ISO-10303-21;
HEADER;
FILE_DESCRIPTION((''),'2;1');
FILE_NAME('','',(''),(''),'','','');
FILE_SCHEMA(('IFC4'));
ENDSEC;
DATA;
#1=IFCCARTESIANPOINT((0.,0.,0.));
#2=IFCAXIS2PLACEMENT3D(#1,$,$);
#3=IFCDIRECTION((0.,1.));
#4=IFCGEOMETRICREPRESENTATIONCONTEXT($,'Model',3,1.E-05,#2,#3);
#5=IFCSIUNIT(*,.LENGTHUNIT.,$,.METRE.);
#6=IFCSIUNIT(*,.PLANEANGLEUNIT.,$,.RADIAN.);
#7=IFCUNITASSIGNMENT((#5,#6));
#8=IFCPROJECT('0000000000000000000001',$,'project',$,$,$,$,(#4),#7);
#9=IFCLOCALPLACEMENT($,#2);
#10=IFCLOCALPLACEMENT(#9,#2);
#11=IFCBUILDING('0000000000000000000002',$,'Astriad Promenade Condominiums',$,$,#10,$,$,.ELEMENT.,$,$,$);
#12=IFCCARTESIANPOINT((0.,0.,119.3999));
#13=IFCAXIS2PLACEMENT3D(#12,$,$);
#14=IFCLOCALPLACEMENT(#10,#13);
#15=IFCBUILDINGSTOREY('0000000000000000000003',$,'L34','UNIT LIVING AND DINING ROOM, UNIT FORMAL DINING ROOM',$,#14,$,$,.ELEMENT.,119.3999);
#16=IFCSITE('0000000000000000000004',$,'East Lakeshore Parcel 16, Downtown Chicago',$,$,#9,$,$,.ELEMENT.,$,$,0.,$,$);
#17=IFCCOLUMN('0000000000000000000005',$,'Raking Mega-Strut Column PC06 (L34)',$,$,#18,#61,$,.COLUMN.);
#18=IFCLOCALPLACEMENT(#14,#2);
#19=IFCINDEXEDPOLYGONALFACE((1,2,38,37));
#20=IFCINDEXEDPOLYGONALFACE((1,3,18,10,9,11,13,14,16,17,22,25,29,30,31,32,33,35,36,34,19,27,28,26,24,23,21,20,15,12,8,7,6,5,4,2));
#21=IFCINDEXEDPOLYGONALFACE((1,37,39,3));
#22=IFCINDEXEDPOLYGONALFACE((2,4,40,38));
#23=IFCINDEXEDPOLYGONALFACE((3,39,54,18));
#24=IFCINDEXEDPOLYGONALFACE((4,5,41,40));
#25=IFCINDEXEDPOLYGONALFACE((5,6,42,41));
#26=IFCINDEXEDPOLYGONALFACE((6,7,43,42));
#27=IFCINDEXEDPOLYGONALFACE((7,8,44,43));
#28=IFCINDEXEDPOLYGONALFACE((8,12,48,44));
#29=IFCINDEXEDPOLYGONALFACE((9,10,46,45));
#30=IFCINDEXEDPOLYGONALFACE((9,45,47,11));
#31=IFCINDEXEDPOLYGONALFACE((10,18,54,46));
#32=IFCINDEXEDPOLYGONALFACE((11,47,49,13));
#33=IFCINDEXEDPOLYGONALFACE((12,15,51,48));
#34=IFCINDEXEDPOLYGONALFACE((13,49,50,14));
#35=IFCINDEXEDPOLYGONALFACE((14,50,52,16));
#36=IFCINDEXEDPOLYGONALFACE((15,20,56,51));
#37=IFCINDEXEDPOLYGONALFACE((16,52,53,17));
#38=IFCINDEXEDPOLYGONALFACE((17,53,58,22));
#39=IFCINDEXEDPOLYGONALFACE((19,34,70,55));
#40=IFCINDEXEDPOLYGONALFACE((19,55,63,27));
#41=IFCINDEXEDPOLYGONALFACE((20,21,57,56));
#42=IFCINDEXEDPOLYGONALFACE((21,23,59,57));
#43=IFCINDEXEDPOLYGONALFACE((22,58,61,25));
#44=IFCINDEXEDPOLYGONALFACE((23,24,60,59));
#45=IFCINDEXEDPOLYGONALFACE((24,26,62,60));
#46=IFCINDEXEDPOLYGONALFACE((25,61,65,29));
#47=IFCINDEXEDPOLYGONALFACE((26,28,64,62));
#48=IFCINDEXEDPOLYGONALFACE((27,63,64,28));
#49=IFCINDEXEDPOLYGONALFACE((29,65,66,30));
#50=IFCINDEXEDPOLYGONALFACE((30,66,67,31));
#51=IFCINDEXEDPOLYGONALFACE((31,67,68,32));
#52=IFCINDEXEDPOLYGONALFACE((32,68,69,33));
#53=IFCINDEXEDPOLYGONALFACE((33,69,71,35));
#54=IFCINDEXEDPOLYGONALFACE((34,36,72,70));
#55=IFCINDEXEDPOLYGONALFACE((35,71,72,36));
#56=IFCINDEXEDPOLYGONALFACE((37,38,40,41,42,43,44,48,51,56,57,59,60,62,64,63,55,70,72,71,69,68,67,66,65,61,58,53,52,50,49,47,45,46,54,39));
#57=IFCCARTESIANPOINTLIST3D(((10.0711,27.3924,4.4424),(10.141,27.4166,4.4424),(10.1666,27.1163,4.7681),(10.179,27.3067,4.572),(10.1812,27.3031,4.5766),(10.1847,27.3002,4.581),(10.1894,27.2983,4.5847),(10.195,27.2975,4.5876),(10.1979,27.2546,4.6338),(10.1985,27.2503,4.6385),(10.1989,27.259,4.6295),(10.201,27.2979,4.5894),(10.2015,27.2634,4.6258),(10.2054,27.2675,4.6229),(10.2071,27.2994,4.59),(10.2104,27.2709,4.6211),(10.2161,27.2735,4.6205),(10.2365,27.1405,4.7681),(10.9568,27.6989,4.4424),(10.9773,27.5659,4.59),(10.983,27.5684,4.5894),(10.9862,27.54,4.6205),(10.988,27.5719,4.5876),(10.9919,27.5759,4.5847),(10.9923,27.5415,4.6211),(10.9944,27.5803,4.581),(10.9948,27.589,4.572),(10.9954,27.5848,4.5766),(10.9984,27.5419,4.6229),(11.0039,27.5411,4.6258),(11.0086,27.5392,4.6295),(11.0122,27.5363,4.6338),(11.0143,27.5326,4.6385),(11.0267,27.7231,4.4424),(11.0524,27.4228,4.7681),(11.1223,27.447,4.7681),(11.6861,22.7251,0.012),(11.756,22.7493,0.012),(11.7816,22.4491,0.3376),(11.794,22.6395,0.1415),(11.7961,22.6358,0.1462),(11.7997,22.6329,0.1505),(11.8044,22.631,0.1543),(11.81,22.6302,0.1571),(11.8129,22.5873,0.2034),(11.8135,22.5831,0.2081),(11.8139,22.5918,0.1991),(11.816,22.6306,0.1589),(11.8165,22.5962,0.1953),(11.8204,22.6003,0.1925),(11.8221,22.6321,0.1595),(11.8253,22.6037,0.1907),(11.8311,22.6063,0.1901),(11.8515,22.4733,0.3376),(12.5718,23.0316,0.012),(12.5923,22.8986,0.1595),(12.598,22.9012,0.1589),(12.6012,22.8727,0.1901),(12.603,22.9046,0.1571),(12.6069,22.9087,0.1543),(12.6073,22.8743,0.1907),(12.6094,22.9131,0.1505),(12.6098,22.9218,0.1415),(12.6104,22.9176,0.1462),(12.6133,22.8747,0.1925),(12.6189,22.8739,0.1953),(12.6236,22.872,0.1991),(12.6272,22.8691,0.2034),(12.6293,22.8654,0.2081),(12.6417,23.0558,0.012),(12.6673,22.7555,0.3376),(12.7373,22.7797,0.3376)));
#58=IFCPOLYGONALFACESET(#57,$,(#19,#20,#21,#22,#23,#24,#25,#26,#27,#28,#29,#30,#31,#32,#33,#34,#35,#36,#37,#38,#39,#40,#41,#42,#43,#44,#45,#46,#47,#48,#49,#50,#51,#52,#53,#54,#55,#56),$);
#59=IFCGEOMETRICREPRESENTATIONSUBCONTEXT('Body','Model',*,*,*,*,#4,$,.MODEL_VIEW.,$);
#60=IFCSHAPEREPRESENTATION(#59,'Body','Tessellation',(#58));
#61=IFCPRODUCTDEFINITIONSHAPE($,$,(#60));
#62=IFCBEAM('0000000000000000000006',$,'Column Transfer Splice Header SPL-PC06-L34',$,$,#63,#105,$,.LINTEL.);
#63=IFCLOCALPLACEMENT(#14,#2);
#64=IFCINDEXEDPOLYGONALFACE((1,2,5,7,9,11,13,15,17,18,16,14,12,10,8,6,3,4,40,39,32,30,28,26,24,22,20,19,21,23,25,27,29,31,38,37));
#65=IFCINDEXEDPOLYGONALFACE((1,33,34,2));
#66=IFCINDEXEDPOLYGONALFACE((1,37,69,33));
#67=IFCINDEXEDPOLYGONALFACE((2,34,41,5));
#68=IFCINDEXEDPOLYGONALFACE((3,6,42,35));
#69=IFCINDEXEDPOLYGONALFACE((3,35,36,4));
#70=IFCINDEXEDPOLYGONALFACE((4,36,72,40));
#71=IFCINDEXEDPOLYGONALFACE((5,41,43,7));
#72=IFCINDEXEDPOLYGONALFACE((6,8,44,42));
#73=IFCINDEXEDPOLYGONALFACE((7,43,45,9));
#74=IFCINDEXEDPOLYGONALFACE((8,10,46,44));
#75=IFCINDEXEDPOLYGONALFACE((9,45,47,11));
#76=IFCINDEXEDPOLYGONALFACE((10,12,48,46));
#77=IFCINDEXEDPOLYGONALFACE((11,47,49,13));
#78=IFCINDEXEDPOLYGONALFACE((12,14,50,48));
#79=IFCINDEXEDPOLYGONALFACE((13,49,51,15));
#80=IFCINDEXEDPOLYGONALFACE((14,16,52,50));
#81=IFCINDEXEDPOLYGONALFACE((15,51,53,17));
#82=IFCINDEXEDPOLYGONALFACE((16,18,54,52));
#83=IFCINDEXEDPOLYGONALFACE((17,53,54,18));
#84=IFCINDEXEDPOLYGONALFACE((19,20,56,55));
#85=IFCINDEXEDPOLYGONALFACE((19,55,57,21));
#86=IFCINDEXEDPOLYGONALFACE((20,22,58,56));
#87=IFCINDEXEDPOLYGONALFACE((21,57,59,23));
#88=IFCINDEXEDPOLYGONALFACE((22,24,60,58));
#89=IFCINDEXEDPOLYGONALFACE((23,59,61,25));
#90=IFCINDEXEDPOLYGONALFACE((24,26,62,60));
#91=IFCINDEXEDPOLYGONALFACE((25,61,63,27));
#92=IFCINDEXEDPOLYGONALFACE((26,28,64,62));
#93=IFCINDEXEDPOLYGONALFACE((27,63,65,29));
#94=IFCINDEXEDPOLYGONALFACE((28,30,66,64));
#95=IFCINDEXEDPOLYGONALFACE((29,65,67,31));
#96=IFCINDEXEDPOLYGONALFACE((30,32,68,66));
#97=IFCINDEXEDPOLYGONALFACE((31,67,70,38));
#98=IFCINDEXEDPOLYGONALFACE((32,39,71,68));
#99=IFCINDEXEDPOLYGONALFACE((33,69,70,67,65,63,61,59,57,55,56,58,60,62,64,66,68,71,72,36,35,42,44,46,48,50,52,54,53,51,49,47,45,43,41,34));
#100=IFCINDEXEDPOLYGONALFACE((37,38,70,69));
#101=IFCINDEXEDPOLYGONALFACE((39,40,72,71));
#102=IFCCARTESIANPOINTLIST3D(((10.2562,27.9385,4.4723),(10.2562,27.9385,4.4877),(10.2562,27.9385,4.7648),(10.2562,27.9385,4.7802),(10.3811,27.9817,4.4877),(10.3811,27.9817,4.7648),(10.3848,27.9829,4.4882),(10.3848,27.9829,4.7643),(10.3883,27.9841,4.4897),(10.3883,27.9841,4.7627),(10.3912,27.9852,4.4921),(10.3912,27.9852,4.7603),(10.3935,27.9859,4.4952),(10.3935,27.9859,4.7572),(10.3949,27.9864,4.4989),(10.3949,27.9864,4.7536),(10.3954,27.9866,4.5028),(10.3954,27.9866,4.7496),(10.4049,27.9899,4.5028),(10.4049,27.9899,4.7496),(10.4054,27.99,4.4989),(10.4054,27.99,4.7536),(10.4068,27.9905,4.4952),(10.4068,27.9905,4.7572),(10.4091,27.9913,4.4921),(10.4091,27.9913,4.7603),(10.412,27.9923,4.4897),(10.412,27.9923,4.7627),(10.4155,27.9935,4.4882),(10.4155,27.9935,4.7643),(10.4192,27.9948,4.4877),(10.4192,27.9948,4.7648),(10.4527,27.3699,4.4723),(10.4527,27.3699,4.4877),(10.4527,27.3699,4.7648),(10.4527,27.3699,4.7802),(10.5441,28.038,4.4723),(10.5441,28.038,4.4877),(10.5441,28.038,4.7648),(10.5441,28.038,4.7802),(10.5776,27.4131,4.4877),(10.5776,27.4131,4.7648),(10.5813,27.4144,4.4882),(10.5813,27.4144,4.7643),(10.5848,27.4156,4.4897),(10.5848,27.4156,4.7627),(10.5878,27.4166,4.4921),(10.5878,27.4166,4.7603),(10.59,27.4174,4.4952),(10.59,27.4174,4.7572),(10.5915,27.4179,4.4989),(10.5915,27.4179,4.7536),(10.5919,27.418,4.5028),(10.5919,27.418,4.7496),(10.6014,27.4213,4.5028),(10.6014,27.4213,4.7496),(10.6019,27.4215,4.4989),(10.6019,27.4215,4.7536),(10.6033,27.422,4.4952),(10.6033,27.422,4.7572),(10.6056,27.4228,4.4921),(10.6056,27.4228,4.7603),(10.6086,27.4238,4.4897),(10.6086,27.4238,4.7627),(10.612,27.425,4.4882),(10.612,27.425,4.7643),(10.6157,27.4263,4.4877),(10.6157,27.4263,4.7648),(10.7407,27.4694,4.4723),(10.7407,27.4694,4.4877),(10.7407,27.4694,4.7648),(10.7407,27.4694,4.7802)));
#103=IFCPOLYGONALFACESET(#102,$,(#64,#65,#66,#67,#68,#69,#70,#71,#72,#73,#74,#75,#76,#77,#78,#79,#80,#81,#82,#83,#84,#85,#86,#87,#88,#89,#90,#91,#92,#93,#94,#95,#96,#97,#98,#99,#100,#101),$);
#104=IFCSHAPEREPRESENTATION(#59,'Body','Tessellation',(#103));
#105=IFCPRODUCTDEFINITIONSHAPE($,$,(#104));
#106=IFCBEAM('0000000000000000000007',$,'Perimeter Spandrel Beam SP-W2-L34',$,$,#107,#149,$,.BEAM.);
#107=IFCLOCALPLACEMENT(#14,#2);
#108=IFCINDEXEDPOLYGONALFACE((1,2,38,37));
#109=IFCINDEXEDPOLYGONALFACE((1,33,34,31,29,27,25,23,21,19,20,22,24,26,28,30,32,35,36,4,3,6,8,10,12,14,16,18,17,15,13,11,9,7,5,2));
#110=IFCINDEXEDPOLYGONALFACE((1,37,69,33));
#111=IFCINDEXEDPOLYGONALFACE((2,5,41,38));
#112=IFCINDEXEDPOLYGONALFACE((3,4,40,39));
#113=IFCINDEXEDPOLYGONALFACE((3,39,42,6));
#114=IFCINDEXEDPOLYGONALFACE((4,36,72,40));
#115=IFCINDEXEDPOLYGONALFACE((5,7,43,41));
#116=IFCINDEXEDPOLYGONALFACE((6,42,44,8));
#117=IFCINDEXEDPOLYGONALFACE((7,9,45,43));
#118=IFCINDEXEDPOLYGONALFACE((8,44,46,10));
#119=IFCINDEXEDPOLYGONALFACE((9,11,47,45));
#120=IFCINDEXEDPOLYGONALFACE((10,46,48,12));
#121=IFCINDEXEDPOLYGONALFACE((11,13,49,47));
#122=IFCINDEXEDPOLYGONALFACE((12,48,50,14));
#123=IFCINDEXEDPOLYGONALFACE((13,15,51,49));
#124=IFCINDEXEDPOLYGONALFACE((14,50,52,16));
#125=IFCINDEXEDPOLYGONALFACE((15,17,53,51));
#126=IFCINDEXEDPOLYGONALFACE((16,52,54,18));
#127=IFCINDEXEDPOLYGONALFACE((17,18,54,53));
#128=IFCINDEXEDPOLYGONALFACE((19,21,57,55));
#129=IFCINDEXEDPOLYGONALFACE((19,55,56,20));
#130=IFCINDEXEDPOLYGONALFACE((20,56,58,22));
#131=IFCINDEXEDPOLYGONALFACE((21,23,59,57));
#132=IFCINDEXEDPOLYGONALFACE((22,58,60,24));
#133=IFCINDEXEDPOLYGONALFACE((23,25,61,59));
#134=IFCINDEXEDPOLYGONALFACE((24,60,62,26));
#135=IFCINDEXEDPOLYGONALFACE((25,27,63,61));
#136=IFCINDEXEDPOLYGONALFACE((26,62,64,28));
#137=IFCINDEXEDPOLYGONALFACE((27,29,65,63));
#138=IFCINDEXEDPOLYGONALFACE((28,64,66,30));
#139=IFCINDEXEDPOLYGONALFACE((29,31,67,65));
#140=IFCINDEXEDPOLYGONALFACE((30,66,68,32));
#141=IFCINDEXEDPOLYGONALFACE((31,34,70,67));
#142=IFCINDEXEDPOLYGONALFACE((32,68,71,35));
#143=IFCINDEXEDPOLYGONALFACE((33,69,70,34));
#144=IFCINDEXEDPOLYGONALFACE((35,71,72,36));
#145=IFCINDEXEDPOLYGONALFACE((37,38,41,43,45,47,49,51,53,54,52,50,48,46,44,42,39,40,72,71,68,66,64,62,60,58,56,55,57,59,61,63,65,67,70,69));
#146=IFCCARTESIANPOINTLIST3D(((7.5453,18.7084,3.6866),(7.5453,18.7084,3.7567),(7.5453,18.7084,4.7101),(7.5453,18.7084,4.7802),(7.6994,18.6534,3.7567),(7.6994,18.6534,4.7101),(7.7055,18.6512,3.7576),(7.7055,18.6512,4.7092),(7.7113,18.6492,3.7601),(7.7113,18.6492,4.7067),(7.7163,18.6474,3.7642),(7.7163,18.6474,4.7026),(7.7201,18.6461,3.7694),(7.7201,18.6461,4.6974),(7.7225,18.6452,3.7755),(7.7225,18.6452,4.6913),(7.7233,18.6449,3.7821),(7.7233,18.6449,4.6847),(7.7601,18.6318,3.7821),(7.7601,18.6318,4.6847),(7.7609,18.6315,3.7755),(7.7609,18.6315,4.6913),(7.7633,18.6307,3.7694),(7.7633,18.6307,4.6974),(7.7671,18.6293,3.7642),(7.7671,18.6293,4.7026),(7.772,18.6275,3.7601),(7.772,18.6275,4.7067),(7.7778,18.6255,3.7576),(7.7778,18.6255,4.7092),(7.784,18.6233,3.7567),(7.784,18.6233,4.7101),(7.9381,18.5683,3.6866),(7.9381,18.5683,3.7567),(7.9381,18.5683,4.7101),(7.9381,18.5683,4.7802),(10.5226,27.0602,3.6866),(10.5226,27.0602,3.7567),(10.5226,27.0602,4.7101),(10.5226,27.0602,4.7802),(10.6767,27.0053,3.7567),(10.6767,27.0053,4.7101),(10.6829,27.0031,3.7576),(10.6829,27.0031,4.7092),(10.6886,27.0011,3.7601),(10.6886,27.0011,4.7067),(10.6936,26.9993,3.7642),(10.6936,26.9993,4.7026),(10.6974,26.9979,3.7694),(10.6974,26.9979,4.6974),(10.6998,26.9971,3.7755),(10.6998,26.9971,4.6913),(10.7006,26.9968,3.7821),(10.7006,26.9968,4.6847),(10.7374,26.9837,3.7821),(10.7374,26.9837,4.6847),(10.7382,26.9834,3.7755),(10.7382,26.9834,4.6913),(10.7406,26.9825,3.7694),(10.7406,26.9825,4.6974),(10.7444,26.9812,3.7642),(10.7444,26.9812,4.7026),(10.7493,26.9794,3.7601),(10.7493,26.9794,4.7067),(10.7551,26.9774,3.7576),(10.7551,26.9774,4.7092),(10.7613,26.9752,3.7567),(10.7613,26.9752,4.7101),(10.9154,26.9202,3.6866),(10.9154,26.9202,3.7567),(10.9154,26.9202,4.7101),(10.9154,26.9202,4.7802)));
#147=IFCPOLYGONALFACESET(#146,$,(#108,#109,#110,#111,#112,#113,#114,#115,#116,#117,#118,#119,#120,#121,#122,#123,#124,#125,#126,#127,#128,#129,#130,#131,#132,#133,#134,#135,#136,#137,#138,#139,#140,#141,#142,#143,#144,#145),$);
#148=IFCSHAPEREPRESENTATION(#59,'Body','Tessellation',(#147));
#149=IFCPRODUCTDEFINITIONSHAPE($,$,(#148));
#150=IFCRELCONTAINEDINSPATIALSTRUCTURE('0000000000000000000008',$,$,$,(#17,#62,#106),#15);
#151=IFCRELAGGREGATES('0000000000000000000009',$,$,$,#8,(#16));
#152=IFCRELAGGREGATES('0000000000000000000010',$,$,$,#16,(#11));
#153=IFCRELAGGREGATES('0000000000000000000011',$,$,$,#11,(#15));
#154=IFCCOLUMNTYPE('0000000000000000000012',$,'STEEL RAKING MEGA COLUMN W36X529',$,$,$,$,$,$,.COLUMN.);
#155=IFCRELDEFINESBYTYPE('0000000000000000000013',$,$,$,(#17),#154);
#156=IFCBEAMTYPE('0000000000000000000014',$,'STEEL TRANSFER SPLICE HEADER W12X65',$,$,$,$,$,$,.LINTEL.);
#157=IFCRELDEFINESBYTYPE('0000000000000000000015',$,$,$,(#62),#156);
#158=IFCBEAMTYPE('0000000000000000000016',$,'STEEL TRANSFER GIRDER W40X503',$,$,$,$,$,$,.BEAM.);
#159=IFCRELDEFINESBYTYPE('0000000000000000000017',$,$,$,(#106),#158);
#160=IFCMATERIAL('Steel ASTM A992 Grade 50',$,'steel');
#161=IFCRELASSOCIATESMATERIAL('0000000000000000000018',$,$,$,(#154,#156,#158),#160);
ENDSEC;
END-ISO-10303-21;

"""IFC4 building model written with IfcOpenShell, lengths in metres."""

from ifc_helpers import new_model, si_unit, direction, frame, origin, origin_2d, place, context, subcontext, project, spatial, i_section, extrude, source, transform, mapped, material, material_profile, profile_set, type_object, type_shapes, element, save


model = new_model("IFC4")

# Units and contexts
model_context = context("Model", 3, precision=1e-05, world=origin(), true_north=direction((0.0, 1.0)))
body_context = subcontext(model_context, "Body", "Model", "MODEL_VIEW")
ifc_project = project(units=[si_unit("LENGTHUNIT", "METRE"), si_unit("PLANEANGLEUNIT", "RADIAN")], contexts=[model_context])

# Site, building, storey
site_placement = place(None, origin())
site = spatial("IfcSite", under=ifc_project, at=site_placement, Name="East Lakeshore Parcel 16, Downtown Chicago", CompositionType="ELEMENT", RefElevation=0.0)
building_placement = place(site_placement, origin())
building = spatial("IfcBuilding", under=site, at=building_placement, Name="Astriad Promenade Condominiums", CompositionType="ELEMENT")
storey_placement = place(building_placement, frame((0.0, 0.0, 119.3999)))
storey = spatial("IfcBuildingStorey", under=building, at=storey_placement, Name="L34", Description="UNIT LIVING AND DINING ROOM, UNIT FORMAL DINING ROOM", CompositionType="ELEMENT", Elevation=119.3999)

# Column
ifc_material_1 = material(Name="Steel ASTM A992 Grade 50", Category="steel")
ifc_material_profile_1 = material_profile(ifc_material_1, i_section(OverallWidth=0.4375, OverallDepth=1.0112, WebThickness=0.041, FlangeThickness=0.074, FilletRadius=0.0242, at=origin_2d()), Name="W36X529")
ifc_profile_set_1 = profile_set([ifc_material_profile_1], Name="Steel ASTM A992 Grade 50")
column_type = type_object("IfcColumnType", Name="STEEL RAKING MEGA COLUMN W36X529", PredefinedType="COLUMN", material=ifc_profile_set_1)
shared_shape_1 = source(origin(), body_context, "Body", "SweptSolid", [
    extrude(i_section(OverallWidth=0.4375, OverallDepth=1.0112, WebThickness=0.041, FlangeThickness=0.074, FilletRadius=0.0242, at=origin_2d()), origin(), (0.0, 0.0, 1.0), 6.6348),
])
type_shapes(column_type, [shared_shape_1])
column_placement = place(storey_placement, frame((12.2117, 22.7524, 0.1748), z_axis=(-0.243414, 0.703453, 0.66776), x_axis=(0.21836, -0.631049, 0.744377)))
element("IfcColumn", 1, at=column_placement, inside=storey, type_object=column_type, Name="Raking Mega-Strut Column PC06 (L34)", PredefinedType="COLUMN", context=body_context, shape_type="MappedRepresentation", body=[
    mapped(shared_shape_1, transform((0.0, 0.0, 0.0), scale=1.0)),
])

# Beams
ifc_material_profile_2 = material_profile(ifc_material_1, i_section(OverallWidth=0.3047, OverallDepth=0.3079, WebThickness=0.01, FlangeThickness=0.0154, FilletRadius=0.0151, at=origin_2d()), Name="W12X65")
ifc_profile_set_2 = profile_set([ifc_material_profile_2], Name="Steel ASTM A992 Grade 50")
beam_type_1 = type_object("IfcBeamType", Name="STEEL TRANSFER SPLICE HEADER W12X65", PredefinedType="LINTEL", material=ifc_profile_set_2)
shared_shape_2 = source(origin(), body_context, "Body", "SweptSolid", [
    extrude(i_section(OverallWidth=0.3047, OverallDepth=0.3079, WebThickness=0.01, FlangeThickness=0.0154, FilletRadius=0.0151, at=origin_2d()), origin(), (0.0, 0.0, 1.0), 0.6016),
])
type_shapes(beam_type_1, [shared_shape_2])
beam_1_placement = place(storey_placement, frame((10.5967, 27.4197, 4.6262), z_axis=(-0.326678, 0.945136, 0.0), x_axis=(-0.945136, -0.326678, 0.0)))
element("IfcBeam", 2, at=beam_1_placement, inside=storey, type_object=beam_type_1, Name="Column Transfer Splice Header SPL-PC06-L34", PredefinedType="LINTEL", context=body_context, shape_type="MappedRepresentation", body=[
    mapped(shared_shape_2, transform((0.0, 0.0, 0.0), scale=1.0)),
])
ifc_material_profile_3 = material_profile(ifc_material_1, i_section(OverallWidth=0.417, OverallDepth=1.0935, WebThickness=0.0391, FlangeThickness=0.0701, FilletRadius=0.0254, at=origin_2d()), Name="W40X503")
ifc_profile_set_3 = profile_set([ifc_material_profile_3], Name="Steel ASTM A992 Grade 50")
beam_type_2 = type_object("IfcBeamType", Name="STEEL TRANSFER GIRDER W40X503", PredefinedType="BEAM", material=ifc_profile_set_3)
shared_shape_3 = source(origin(), body_context, "Body", "SweptSolid", [
    extrude(i_section(OverallWidth=0.417, OverallDepth=1.0935, WebThickness=0.0391, FlangeThickness=0.0701, FilletRadius=0.0254, at=origin_2d()), origin(), (0.0, 0.0, 1.0), 8.8667),
])
type_shapes(beam_type_2, [shared_shape_3])
beam_2_placement = place(storey_placement, frame((10.719, 26.9902, 4.2334), z_axis=(-0.335787, -0.941938, 0.0), x_axis=(0.941938, -0.335787, 0.0)))
element("IfcBeam", 3, at=beam_2_placement, inside=storey, type_object=beam_type_2, Name="Perimeter Spandrel Beam SP-W2-L34", PredefinedType="BEAM", context=body_context, shape_type="MappedRepresentation", body=[
    mapped(shared_shape_3, transform((0.0, 0.0, 0.0), scale=1.0)),
])

save(model, "model.ifc")
